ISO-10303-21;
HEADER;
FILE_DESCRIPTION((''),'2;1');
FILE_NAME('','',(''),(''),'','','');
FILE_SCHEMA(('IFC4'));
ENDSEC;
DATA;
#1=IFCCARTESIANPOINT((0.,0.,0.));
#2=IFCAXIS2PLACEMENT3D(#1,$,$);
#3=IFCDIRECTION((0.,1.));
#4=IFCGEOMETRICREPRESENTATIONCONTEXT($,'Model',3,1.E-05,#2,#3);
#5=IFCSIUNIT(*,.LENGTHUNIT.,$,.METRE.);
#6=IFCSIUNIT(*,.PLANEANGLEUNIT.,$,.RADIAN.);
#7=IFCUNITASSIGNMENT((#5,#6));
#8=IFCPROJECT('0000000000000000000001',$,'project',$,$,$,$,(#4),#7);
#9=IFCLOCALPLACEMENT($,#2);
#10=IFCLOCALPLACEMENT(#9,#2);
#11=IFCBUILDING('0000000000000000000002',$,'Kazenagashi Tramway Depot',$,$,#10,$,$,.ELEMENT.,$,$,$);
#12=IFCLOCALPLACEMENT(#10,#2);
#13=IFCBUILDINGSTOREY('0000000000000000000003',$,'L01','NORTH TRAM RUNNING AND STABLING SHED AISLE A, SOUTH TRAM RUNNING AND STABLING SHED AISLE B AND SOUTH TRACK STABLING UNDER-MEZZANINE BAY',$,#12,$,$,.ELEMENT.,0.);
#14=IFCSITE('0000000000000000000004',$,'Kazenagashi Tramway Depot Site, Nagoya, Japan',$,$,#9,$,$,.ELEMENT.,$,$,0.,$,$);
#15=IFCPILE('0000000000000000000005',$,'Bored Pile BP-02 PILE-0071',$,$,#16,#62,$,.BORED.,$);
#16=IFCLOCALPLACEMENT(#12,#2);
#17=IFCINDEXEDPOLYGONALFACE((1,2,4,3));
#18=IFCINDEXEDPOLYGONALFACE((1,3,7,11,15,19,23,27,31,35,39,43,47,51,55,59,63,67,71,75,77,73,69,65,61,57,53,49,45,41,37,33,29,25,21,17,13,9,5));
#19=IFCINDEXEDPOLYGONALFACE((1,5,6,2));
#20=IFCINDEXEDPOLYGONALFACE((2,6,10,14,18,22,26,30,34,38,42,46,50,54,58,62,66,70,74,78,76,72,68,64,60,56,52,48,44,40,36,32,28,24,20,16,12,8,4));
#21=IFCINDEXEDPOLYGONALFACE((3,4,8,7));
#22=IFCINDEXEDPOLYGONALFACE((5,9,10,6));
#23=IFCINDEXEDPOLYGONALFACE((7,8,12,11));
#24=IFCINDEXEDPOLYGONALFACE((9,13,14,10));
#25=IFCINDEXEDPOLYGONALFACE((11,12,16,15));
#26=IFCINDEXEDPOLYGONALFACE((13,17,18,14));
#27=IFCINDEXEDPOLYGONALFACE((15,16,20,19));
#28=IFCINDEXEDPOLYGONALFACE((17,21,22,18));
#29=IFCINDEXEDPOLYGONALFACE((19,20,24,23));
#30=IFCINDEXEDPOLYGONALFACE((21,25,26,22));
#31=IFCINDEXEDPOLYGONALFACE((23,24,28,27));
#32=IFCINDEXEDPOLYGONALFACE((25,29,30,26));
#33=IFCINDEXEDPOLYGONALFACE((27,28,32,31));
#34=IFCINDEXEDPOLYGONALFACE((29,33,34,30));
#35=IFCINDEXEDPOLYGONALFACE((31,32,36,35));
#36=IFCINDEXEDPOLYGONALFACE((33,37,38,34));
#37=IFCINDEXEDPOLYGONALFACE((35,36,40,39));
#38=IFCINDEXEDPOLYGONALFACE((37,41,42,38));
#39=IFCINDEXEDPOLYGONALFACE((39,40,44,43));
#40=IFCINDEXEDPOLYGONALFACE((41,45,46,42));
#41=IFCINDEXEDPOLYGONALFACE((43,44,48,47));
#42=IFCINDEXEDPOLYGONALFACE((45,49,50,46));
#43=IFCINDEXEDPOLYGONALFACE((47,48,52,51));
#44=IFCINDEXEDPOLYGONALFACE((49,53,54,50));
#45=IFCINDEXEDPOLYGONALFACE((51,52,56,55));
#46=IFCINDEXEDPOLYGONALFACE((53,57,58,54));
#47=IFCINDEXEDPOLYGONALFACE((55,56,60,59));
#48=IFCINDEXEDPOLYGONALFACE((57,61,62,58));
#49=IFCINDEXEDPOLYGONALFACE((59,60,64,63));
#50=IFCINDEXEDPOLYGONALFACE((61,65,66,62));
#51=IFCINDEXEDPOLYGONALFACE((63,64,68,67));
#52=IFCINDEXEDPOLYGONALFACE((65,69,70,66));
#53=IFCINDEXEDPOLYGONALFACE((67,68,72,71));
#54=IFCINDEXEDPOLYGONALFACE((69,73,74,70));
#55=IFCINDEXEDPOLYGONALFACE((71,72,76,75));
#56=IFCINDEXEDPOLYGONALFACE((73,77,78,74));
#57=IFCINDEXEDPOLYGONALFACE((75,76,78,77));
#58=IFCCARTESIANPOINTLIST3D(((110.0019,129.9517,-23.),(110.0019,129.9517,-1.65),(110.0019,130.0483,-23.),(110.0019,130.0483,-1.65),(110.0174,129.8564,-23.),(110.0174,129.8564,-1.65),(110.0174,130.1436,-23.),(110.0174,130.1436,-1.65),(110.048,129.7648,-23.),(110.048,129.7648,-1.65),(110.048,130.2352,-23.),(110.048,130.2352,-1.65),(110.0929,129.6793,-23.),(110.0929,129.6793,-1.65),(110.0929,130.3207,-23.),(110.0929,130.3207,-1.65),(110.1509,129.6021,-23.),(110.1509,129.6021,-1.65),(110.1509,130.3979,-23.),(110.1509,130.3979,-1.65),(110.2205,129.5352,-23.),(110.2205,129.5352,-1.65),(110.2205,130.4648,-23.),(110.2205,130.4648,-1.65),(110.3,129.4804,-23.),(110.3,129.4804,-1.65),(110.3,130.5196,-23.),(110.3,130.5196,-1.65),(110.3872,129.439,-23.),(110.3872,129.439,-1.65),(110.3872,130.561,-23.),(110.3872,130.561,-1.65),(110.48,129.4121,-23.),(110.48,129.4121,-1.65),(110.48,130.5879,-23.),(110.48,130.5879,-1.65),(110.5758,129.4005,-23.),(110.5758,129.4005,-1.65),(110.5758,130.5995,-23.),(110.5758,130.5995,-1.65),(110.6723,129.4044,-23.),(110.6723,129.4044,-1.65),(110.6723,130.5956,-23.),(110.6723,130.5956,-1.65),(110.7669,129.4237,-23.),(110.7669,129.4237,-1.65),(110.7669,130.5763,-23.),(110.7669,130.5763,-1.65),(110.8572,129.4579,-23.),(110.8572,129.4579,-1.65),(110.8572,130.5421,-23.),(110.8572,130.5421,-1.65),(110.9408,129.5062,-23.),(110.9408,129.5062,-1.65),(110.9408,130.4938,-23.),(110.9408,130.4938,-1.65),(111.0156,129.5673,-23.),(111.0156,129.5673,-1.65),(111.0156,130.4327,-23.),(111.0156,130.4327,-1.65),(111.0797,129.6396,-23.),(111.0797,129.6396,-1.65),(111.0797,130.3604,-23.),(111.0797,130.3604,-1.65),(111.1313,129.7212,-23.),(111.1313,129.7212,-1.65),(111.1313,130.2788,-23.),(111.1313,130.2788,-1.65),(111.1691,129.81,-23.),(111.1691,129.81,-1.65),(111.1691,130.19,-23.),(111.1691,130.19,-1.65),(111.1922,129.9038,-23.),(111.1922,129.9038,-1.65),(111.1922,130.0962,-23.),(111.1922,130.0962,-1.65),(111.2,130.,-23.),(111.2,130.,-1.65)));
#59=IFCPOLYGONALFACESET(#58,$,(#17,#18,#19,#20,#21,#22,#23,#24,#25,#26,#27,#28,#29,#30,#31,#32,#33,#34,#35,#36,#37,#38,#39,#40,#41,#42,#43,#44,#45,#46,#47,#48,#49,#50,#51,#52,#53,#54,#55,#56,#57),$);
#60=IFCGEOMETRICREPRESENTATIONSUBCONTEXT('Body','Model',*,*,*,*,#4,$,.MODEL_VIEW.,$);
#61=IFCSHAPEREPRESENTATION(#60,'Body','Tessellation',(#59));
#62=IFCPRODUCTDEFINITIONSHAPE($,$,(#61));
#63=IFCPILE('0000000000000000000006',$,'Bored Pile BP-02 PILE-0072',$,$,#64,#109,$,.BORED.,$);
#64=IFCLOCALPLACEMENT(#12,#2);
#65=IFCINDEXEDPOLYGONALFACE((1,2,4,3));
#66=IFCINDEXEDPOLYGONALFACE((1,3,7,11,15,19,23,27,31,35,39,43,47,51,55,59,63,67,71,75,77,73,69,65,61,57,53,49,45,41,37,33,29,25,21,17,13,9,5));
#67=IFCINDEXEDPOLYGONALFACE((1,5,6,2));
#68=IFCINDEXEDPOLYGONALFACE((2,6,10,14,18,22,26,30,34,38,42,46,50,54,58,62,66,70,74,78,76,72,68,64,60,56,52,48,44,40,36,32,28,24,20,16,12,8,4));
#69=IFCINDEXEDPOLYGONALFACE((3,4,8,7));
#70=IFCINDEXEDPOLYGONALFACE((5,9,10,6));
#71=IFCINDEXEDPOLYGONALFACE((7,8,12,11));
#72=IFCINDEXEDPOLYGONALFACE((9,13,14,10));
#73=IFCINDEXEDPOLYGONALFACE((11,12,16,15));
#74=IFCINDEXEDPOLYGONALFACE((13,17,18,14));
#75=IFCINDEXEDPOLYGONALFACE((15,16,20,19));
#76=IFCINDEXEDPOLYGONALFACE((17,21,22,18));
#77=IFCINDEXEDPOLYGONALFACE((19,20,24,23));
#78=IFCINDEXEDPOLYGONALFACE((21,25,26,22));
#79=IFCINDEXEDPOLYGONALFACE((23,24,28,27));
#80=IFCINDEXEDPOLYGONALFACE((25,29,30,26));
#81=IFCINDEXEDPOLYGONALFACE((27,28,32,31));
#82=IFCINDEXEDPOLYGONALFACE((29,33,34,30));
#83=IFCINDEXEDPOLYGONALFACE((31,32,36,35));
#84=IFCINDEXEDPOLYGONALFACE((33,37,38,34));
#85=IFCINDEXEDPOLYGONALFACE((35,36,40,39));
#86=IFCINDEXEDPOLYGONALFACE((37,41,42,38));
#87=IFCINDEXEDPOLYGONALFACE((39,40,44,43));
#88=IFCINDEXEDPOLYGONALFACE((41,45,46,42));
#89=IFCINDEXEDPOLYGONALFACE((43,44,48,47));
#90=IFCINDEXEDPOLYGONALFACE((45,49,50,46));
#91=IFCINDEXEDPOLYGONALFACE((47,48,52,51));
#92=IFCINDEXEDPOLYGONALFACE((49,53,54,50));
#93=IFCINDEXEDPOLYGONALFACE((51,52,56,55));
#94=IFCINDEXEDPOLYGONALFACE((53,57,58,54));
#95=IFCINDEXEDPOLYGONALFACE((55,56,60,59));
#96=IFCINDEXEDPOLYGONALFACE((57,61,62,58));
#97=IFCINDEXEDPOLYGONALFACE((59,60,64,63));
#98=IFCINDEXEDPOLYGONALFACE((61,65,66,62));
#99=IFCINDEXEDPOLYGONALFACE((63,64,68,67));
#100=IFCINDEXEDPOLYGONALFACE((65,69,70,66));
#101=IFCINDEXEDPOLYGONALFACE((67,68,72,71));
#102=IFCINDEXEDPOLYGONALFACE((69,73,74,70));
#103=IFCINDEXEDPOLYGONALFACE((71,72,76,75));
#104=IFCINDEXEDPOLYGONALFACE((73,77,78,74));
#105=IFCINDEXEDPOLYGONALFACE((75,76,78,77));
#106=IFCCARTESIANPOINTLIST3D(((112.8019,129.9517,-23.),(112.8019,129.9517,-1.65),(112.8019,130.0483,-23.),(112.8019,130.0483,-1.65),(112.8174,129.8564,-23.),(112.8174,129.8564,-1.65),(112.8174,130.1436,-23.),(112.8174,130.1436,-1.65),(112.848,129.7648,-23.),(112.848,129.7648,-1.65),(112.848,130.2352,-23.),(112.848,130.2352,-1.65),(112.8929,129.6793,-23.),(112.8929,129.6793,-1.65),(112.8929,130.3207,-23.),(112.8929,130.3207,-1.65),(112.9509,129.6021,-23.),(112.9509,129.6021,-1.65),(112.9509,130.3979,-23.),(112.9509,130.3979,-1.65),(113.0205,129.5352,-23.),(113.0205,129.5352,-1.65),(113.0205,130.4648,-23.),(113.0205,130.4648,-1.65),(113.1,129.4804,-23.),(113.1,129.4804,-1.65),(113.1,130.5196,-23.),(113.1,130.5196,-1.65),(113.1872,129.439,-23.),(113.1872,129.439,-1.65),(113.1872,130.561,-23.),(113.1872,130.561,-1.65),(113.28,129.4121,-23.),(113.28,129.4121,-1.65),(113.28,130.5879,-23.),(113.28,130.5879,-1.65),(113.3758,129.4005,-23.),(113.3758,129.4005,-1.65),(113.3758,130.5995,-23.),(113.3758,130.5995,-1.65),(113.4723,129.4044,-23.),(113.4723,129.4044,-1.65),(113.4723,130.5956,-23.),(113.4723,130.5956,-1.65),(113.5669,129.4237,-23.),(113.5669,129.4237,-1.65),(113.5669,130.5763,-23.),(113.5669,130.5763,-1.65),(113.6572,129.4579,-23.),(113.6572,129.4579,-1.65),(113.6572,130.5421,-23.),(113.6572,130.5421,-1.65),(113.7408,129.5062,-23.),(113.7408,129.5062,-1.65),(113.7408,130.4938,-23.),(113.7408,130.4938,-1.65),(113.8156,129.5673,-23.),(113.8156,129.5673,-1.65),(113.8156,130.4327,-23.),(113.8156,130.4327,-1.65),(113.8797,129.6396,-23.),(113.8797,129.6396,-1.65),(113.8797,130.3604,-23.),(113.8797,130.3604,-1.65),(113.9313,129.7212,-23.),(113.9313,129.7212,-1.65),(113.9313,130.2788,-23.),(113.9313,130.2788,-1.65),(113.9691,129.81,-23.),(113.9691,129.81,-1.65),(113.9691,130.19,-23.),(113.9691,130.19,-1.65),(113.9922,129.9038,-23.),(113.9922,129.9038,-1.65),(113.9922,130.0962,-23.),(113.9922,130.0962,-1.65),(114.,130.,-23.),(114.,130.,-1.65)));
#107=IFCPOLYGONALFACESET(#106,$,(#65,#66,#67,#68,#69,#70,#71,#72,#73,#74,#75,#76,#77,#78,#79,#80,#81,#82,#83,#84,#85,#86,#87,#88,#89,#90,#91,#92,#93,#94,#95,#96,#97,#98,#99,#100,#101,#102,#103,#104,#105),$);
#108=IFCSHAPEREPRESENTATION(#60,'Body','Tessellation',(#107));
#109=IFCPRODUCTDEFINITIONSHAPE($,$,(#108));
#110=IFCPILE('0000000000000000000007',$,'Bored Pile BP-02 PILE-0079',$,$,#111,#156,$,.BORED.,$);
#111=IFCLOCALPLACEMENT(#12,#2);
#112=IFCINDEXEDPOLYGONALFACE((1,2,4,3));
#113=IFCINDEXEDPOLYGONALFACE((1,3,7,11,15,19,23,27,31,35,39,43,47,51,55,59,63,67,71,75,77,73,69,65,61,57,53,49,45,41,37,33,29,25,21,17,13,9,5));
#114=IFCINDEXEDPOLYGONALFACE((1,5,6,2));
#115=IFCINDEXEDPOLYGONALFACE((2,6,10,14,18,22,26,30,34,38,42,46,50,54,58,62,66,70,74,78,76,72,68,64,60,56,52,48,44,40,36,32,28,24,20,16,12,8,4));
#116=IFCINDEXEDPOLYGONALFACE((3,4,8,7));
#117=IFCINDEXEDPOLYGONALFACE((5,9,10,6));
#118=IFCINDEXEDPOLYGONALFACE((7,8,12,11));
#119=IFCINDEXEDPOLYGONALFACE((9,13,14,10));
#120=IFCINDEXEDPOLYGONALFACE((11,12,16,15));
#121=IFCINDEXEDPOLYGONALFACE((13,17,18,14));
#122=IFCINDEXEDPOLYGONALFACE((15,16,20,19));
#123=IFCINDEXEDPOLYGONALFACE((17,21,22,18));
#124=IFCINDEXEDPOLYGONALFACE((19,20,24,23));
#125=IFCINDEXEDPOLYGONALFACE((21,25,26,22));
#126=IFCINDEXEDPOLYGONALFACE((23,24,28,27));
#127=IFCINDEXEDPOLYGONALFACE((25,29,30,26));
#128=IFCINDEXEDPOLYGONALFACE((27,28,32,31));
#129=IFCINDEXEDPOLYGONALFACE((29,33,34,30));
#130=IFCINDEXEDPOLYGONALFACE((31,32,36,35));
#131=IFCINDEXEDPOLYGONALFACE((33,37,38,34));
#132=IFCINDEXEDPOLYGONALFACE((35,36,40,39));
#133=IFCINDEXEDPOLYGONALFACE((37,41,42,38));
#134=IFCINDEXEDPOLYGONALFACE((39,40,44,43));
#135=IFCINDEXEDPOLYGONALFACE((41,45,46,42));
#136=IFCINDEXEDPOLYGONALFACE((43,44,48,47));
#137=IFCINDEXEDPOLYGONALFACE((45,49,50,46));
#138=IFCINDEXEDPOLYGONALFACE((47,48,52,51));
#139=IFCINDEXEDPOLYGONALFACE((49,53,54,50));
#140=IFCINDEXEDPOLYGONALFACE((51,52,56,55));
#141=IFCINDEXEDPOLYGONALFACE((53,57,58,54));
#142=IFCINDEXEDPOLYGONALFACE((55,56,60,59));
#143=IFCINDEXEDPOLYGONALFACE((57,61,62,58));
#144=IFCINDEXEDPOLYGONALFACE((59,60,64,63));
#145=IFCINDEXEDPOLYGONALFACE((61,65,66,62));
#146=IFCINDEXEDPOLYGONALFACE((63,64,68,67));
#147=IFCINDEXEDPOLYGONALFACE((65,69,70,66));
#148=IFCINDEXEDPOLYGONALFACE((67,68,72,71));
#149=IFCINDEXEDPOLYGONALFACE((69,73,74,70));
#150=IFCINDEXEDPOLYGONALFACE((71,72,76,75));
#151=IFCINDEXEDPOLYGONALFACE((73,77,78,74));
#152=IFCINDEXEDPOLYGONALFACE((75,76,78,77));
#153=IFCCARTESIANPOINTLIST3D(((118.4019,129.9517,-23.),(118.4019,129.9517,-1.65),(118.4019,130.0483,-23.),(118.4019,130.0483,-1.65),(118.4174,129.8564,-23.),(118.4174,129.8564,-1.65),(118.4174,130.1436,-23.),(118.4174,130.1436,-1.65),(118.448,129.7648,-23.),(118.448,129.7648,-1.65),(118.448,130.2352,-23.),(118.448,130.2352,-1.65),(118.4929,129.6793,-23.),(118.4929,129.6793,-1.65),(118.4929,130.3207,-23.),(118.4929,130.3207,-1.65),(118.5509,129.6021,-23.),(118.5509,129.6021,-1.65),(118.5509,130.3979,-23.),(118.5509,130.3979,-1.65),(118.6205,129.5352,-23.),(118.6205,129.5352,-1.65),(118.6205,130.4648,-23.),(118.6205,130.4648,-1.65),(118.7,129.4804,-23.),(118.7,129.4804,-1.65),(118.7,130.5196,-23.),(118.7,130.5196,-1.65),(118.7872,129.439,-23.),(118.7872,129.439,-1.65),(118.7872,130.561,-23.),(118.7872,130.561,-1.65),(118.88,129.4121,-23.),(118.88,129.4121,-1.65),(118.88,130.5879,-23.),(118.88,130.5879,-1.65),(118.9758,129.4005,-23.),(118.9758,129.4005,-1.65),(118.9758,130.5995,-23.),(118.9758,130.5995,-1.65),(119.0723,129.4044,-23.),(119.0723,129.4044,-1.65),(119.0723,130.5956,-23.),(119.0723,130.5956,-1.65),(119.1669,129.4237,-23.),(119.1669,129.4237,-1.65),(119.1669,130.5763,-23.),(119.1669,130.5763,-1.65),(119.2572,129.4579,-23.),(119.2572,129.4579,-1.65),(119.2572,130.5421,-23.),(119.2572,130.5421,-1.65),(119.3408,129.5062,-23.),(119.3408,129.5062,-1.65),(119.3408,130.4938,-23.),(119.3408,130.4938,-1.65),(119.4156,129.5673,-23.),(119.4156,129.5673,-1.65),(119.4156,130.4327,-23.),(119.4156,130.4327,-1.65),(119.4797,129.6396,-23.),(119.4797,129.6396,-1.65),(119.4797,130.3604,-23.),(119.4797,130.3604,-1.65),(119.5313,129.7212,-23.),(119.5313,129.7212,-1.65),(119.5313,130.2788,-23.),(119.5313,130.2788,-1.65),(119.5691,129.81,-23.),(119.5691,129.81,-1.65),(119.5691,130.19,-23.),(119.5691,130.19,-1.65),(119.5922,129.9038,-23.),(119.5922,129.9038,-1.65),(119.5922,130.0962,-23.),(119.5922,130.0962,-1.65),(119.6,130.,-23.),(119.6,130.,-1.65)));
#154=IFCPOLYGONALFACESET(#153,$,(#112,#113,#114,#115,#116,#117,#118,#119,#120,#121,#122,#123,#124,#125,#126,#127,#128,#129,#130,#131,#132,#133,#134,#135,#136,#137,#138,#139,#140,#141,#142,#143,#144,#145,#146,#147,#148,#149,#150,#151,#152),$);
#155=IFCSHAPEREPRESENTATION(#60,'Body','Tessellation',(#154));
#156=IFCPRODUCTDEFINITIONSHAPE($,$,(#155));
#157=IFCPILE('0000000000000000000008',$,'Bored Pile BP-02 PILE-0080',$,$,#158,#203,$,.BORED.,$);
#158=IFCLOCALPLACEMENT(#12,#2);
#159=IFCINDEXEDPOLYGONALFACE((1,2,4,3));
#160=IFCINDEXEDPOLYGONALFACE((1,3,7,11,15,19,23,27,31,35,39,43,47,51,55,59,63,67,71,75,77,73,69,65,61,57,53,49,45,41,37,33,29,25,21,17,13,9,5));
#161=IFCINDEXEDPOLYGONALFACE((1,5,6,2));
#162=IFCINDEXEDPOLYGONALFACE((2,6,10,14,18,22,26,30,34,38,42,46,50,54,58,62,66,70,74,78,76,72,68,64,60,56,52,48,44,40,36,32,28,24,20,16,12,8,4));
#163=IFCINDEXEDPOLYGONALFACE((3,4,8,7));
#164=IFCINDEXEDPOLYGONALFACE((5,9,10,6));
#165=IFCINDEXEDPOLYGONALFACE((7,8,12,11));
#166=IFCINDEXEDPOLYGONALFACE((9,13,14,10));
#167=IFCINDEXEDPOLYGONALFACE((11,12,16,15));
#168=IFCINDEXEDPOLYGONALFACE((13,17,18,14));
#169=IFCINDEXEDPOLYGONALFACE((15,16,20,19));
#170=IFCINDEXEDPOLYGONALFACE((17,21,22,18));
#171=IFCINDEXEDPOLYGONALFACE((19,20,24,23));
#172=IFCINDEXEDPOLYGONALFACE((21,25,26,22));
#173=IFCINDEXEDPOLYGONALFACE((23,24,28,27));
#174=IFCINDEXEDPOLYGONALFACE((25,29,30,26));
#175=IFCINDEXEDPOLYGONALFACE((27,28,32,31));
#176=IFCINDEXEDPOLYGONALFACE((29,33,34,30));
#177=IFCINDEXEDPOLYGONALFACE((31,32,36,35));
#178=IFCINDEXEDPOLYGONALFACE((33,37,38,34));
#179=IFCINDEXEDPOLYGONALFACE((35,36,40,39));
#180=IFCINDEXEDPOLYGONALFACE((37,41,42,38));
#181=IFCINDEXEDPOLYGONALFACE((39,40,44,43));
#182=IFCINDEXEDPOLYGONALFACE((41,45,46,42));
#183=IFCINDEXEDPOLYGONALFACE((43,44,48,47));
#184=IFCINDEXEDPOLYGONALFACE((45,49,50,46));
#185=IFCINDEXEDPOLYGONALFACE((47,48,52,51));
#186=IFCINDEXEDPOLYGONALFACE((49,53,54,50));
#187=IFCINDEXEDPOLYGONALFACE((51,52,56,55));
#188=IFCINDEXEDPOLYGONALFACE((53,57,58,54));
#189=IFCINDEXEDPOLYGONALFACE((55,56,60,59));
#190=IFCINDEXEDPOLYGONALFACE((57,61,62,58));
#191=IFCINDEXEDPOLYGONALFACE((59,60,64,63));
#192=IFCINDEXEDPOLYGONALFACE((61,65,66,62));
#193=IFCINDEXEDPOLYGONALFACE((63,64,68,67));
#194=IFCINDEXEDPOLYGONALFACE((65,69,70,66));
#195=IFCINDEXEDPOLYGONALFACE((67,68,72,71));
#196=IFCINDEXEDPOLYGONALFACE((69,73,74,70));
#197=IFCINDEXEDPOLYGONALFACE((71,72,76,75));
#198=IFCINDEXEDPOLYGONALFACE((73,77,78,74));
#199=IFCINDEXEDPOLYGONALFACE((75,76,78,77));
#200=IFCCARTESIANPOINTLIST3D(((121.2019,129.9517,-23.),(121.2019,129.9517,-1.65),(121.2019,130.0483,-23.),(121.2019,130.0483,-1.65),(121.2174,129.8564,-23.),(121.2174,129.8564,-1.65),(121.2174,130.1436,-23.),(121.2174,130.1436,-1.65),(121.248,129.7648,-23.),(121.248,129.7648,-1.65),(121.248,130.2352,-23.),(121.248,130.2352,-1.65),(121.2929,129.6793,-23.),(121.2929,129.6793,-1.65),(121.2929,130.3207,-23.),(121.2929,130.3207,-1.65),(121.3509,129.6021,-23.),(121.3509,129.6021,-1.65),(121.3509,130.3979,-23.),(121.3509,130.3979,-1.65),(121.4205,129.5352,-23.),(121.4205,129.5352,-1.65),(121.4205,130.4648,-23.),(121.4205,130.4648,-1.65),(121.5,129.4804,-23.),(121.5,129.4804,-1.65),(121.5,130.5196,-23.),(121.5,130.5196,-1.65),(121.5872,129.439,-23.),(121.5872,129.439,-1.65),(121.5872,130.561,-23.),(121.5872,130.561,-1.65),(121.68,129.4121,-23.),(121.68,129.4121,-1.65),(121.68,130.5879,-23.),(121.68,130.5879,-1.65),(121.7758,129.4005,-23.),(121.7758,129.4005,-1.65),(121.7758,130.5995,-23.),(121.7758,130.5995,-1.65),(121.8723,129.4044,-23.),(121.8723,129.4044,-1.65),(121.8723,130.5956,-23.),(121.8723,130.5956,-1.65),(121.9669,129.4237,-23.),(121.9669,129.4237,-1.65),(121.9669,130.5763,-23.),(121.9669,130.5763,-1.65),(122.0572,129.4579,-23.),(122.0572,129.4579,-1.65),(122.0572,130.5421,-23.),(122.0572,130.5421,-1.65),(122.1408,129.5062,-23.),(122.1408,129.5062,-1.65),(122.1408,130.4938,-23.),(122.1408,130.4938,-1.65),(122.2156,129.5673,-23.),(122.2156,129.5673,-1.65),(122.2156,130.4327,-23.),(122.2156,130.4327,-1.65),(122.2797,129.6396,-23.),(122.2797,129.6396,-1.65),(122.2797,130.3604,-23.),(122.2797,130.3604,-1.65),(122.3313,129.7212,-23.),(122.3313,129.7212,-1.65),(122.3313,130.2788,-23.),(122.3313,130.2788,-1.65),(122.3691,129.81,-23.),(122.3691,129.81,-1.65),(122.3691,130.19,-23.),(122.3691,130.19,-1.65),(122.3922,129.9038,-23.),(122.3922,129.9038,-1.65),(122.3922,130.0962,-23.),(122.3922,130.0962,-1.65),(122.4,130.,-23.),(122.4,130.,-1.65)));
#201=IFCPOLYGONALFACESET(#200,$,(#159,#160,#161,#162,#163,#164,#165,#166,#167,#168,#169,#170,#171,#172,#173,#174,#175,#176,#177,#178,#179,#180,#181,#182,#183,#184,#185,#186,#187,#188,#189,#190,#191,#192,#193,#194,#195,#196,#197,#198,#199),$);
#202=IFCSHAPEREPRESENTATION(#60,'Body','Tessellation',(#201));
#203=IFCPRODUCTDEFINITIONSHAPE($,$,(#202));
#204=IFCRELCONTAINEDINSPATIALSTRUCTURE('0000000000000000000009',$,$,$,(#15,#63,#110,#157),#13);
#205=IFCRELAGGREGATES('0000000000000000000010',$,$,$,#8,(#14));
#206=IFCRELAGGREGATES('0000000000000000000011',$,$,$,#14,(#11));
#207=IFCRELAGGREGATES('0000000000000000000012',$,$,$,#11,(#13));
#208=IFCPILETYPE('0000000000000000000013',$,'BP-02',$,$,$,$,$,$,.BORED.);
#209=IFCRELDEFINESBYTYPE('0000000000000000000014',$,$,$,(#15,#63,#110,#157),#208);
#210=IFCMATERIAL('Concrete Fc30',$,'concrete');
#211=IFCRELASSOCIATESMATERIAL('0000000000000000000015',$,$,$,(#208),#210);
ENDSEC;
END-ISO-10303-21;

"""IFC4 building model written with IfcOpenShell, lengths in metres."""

from ifc_helpers import new_model, si_unit, direction, frame, origin, origin_2d, place, context, subcontext, project, spatial, circle, extrude, material, material_profile, profile_set, type_object, element, save


model = new_model("IFC4")

# Units and contexts
model_context = context("Model", 3, precision=1e-05, world=origin(), true_north=direction((0.0, 1.0)))
body_context = subcontext(model_context, "Body", "Model", "MODEL_VIEW")
ifc_project = project(units=[si_unit("LENGTHUNIT", "METRE"), si_unit("PLANEANGLEUNIT", "RADIAN")], contexts=[model_context])

# Site, building, storey
site_placement = place(None, origin())
site = spatial("IfcSite", under=ifc_project, at=site_placement, Name="Kazenagashi Tramway Depot Site, Nagoya, Japan", CompositionType="ELEMENT", RefElevation=0.0)
building_placement = place(site_placement, origin())
building = spatial("IfcBuilding", under=site, at=building_placement, Name="Kazenagashi Tramway Depot", CompositionType="ELEMENT")
storey_placement = place(building_placement, origin())
storey = spatial("IfcBuildingStorey", under=building, at=storey_placement, Name="L01", Description="NORTH TRAM RUNNING AND STABLING SHED AISLE A, SOUTH TRAM RUNNING AND STABLING SHED AISLE B AND SOUTH TRACK STABLING UNDER-MEZZANINE BAY", CompositionType="ELEMENT", Elevation=0.0)

# Piles
ifc_material_1 = material(Name="Concrete Fc30", Category="concrete")
ifc_material_profile_1 = material_profile(ifc_material_1, circle(Radius=0.6, at=origin_2d()), Name="PILE-1200")
ifc_profile_set_1 = profile_set([ifc_material_profile_1], Name="Concrete Fc30")
pile_type = type_object("IfcPileType", Name="BP-02", PredefinedType="BORED", material=ifc_profile_set_1)
for number, where, z_axis, x_axis, name in (
    (1, (110.6, 130.0, -1.65), (0.0, 0.0, -1.0), (1.0, 0.0, 0.0), "Bored Pile BP-02 PILE-0071"),
    (2, (113.4, 130.0, -1.65), (0.0, 0.0, -1.0), (1.0, 0.0, 0.0), "Bored Pile BP-02 PILE-0072"),
    (3, (119.0, 130.0, -1.65), (0.0, 0.0, -1.0), (1.0, 0.0, 0.0), "Bored Pile BP-02 PILE-0079"),
    (4, (121.8, 130.0, -1.65), (0.0, 0.0, -1.0), (1.0, 0.0, 0.0), "Bored Pile BP-02 PILE-0080"),
):
    element("IfcPile", number, at=place(storey_placement, frame(where, z_axis=z_axis, x_axis=x_axis)), inside=storey, type_object=pile_type, Name=name, PredefinedType="BORED", context=body_context, shape_type="SweptSolid", body=[
        extrude(circle(Radius=0.6, at=origin_2d()), origin(), (0.0, 0.0, 1.0), 21.35),
    ])

save(model, "model.ifc")
